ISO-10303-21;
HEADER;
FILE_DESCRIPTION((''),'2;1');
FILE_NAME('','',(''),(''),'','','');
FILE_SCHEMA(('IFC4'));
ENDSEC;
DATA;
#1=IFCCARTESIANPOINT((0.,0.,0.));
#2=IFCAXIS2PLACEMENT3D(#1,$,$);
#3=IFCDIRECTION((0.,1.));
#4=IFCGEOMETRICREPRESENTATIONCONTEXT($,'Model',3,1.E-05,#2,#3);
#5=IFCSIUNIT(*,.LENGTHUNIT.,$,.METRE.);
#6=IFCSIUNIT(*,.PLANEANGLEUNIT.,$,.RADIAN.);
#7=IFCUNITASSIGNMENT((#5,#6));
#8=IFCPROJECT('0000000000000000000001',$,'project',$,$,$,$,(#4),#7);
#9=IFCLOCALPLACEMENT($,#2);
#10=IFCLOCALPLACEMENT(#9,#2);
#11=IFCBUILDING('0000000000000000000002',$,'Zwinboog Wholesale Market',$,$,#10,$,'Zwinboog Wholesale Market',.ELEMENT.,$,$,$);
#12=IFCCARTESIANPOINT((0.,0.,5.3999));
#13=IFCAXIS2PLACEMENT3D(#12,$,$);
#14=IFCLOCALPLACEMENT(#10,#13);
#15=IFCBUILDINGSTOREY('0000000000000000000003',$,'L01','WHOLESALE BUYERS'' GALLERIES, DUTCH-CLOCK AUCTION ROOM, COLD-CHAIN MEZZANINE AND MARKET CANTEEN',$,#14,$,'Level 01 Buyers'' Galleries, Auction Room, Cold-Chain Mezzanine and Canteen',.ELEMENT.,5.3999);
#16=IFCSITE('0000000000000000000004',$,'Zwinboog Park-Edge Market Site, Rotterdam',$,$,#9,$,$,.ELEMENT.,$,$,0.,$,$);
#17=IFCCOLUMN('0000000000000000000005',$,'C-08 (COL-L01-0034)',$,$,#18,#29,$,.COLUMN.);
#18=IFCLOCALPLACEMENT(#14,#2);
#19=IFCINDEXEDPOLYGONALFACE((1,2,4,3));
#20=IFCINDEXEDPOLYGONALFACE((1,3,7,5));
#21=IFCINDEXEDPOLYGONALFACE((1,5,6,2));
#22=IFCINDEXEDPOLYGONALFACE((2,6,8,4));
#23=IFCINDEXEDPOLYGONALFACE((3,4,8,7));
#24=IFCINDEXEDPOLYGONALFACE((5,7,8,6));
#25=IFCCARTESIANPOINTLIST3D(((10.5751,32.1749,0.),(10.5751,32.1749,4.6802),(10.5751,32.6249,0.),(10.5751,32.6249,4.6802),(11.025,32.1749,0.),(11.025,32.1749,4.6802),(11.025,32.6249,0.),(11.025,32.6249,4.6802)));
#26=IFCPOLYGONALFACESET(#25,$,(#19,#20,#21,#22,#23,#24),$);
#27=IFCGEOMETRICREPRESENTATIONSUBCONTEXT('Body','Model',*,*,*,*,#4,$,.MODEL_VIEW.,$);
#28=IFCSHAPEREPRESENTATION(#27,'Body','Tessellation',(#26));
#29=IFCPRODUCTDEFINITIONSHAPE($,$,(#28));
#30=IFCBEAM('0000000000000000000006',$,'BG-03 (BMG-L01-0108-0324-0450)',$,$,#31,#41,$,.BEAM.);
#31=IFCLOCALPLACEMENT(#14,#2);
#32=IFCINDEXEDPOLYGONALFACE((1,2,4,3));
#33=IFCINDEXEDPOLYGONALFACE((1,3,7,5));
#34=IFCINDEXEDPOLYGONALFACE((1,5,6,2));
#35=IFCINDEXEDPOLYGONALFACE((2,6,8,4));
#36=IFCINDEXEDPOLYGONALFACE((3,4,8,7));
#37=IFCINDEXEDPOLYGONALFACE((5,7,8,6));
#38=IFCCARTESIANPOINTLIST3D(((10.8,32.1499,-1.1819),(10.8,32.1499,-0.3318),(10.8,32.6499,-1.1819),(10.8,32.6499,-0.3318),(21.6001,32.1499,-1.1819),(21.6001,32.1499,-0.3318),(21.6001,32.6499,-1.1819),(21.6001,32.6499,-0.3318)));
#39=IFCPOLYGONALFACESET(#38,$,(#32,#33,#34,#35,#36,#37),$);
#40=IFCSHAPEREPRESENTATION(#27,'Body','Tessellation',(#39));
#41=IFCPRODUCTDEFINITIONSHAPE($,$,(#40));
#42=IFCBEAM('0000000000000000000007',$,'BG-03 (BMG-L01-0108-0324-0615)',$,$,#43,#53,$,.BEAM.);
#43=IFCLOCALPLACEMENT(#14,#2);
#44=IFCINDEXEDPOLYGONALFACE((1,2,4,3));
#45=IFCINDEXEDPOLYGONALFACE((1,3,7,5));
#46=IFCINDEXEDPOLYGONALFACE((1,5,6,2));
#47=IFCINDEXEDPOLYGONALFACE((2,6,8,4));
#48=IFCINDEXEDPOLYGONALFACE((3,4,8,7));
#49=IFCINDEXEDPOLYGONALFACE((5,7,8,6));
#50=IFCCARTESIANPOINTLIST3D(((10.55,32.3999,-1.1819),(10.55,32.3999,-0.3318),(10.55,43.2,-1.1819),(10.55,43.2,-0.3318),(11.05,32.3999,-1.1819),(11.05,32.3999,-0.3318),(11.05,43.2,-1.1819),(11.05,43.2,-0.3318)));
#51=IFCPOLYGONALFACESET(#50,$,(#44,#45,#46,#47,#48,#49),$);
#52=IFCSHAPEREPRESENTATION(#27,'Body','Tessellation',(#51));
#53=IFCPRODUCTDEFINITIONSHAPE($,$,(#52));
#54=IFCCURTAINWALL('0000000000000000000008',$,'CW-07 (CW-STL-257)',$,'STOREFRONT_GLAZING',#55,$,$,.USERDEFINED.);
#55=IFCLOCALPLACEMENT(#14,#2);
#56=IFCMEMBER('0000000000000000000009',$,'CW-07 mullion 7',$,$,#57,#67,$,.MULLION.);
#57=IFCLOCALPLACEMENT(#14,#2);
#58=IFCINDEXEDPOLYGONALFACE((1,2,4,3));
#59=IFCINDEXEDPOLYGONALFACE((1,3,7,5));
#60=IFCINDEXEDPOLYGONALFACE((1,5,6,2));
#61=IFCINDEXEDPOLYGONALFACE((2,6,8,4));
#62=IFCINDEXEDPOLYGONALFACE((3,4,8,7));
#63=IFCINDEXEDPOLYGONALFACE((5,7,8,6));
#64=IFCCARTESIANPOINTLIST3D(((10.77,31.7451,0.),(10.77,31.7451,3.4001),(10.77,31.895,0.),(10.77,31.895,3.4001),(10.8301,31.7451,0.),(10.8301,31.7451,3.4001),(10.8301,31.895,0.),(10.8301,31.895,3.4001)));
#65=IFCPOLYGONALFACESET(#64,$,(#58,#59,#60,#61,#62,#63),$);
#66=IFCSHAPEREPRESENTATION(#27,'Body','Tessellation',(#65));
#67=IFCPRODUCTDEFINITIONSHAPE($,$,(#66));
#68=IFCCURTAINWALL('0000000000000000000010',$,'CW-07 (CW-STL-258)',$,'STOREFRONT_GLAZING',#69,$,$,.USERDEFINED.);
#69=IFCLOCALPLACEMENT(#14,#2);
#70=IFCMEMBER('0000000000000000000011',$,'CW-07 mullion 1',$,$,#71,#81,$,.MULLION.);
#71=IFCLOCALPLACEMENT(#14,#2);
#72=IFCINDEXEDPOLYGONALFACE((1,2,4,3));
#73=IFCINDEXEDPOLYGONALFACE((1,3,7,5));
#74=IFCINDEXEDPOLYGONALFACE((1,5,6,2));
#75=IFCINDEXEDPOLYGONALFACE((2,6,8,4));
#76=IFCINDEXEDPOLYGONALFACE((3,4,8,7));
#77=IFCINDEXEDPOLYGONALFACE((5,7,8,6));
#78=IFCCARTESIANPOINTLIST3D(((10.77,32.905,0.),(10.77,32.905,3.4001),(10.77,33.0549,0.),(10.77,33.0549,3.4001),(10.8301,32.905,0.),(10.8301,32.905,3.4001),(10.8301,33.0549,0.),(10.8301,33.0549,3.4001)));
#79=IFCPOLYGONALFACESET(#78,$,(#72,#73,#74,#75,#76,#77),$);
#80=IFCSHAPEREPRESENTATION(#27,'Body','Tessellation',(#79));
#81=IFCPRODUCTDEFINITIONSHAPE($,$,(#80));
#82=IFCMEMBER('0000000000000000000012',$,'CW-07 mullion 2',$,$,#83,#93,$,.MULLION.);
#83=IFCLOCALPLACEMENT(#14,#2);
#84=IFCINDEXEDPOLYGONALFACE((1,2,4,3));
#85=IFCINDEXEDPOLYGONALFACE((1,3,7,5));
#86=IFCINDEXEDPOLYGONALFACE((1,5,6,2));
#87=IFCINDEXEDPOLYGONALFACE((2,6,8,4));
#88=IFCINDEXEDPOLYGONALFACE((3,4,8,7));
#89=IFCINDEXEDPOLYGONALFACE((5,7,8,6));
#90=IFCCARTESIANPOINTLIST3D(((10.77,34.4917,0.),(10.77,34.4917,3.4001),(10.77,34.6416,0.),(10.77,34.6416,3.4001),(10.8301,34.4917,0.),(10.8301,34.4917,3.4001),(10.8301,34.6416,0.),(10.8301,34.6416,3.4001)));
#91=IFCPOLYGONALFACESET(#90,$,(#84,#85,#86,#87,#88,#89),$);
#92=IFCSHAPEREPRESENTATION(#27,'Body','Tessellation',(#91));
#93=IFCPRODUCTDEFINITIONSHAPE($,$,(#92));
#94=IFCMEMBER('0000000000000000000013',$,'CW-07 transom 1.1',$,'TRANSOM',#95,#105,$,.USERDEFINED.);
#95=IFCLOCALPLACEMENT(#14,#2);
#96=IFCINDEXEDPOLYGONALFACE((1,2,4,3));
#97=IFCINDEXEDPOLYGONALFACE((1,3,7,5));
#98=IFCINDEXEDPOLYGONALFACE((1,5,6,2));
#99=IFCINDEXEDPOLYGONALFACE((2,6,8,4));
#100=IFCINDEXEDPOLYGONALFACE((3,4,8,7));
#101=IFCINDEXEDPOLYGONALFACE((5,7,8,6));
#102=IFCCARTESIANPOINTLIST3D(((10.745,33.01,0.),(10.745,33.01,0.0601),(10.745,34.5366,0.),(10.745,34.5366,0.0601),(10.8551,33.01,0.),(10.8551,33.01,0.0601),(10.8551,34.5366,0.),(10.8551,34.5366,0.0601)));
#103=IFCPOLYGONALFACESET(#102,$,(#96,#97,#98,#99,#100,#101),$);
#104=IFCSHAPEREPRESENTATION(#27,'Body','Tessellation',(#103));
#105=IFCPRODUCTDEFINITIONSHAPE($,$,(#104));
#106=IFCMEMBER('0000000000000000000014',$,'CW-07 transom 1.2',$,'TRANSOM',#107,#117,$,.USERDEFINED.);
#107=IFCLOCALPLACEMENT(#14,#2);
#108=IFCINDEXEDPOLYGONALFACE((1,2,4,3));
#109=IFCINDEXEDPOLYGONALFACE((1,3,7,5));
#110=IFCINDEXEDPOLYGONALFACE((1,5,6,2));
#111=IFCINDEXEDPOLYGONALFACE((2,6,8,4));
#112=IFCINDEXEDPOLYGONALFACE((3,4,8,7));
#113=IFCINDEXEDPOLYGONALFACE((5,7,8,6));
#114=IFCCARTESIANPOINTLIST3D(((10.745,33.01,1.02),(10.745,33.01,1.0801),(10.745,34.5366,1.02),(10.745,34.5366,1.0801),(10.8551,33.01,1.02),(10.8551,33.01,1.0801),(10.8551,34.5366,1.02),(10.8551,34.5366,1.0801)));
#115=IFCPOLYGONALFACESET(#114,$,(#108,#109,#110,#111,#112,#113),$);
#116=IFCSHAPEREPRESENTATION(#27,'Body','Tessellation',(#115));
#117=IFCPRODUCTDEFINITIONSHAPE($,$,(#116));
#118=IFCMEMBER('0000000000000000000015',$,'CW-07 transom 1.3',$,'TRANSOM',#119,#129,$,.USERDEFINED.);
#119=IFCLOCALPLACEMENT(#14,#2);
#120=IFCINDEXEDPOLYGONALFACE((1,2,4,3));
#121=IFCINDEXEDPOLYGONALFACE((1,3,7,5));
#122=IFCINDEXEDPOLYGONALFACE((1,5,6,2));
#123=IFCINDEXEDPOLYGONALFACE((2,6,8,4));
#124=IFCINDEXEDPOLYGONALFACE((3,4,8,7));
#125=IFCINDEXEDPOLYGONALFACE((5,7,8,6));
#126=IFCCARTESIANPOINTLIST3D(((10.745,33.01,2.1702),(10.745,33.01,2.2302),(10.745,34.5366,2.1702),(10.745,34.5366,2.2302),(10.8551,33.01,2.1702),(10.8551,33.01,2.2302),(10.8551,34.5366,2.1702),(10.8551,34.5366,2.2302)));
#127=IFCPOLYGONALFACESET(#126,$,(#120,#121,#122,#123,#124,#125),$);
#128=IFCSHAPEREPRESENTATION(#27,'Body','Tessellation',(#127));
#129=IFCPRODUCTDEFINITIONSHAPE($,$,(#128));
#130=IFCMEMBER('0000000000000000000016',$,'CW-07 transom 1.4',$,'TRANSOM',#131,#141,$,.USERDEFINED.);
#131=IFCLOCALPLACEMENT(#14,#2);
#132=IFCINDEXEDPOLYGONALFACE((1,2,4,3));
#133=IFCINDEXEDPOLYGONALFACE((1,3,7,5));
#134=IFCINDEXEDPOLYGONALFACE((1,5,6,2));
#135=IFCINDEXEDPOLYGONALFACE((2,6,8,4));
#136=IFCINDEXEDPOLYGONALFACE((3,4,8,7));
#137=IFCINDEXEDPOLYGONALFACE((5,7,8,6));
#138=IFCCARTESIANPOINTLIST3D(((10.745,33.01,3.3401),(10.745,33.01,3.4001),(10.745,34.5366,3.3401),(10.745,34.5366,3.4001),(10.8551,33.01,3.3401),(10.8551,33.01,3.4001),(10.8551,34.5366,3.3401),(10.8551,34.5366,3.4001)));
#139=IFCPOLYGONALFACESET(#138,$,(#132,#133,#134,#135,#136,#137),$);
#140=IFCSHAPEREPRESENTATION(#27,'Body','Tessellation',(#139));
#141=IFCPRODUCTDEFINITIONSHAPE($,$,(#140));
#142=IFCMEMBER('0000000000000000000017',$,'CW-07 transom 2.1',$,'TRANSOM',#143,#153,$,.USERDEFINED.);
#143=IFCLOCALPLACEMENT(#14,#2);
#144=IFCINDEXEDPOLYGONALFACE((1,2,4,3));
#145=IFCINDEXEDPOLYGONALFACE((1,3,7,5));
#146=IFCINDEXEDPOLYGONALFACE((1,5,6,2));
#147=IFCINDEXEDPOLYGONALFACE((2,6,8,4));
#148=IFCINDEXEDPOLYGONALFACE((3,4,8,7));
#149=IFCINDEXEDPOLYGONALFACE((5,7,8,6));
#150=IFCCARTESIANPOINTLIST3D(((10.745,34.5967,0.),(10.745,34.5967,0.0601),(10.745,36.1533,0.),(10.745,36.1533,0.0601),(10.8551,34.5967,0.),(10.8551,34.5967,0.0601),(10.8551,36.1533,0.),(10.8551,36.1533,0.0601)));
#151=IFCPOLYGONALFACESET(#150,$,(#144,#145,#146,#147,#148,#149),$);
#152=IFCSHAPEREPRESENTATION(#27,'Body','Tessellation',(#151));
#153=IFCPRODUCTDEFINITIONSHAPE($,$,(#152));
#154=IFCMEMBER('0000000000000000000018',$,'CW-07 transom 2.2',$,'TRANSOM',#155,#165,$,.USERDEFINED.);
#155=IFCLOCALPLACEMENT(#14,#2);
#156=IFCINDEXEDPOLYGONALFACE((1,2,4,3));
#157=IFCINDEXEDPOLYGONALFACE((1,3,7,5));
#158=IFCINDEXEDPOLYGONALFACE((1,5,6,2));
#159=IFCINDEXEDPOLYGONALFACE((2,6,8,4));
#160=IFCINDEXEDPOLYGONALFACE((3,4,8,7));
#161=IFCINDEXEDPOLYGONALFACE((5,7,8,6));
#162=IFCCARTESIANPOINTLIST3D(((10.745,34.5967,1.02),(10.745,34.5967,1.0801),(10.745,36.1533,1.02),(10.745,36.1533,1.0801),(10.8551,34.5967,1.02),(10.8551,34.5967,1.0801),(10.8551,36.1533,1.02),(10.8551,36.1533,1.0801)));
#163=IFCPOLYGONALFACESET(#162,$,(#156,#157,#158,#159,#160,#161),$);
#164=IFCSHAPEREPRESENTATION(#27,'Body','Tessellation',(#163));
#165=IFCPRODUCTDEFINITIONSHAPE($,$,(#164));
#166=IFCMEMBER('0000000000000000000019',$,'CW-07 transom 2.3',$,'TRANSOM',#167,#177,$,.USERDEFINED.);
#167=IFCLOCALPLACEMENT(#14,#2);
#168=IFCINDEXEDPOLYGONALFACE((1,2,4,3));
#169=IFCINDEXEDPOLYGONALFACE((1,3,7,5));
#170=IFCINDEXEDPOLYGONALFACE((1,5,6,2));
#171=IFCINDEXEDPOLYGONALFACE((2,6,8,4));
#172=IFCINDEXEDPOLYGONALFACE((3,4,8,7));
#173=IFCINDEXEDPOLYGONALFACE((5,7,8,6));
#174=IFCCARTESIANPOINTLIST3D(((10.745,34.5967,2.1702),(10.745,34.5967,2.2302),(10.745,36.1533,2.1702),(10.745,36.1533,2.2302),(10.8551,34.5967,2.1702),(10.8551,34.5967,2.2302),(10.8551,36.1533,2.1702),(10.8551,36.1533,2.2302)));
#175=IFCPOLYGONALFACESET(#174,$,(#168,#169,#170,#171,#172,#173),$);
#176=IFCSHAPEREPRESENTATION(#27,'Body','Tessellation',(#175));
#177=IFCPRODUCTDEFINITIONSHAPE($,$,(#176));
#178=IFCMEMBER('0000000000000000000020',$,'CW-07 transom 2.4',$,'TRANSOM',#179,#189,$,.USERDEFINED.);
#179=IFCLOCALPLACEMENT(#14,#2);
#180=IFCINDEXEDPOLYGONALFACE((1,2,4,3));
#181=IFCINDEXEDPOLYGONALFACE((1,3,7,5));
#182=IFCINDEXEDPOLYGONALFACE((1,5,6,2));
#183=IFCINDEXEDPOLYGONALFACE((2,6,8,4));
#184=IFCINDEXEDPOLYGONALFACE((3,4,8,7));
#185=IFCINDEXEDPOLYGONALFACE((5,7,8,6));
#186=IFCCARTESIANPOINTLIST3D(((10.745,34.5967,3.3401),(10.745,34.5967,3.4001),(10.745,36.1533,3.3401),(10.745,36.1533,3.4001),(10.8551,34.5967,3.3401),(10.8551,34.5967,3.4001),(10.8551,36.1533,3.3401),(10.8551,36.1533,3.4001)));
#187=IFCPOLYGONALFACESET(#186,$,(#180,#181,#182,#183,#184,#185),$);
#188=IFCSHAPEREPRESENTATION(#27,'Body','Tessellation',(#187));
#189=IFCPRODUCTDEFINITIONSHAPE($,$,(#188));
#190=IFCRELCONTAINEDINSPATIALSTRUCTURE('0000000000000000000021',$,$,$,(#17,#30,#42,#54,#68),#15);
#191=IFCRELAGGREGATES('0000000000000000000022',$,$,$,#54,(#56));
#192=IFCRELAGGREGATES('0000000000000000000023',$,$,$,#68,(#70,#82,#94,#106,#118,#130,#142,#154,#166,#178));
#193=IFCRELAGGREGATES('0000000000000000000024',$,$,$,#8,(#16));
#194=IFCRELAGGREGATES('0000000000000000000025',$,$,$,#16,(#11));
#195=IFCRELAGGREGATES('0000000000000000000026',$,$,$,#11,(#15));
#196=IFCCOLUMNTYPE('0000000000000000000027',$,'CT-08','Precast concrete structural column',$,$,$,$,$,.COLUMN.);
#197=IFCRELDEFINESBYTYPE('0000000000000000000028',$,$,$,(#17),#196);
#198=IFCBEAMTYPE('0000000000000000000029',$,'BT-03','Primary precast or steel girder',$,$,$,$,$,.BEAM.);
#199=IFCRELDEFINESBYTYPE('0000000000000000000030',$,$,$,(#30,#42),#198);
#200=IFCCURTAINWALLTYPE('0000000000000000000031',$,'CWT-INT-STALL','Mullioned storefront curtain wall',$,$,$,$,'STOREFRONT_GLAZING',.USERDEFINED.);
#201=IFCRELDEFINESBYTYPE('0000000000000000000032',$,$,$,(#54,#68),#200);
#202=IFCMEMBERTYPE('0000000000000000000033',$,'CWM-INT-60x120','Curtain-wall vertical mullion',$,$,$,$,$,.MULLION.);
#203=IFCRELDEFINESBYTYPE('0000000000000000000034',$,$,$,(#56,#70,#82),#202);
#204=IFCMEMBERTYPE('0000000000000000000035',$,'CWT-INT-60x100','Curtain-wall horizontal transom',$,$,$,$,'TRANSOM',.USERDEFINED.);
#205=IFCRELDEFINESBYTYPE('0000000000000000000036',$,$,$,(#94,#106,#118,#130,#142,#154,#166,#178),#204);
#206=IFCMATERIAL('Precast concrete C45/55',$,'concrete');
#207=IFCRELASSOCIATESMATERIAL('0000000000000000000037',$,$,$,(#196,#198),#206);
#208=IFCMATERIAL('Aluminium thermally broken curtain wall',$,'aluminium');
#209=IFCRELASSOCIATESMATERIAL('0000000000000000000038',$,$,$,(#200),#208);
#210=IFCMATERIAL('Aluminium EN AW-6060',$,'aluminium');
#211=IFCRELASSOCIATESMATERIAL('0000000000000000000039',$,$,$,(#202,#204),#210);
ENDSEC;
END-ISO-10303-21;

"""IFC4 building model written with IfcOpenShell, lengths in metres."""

from ifc_helpers import new_model, si_unit, direction, frame, origin, origin_2d, place, context, subcontext, project, spatial, rectangle, extrude, material, material_profile, profile_set, type_object, element, aggregate, save


model = new_model("IFC4")

# Units and contexts
model_context = context("Model", 3, precision=1e-05, world=origin(), true_north=direction((0.0, 1.0)))
body_context = subcontext(model_context, "Body", "Model", "MODEL_VIEW")
ifc_project = project(units=[si_unit("LENGTHUNIT", "METRE"), si_unit("PLANEANGLEUNIT", "RADIAN")], contexts=[model_context])

# Site, building, storey
site_placement = place(None, origin())
site = spatial("IfcSite", under=ifc_project, at=site_placement, Name="Zwinboog Park-Edge Market Site, Rotterdam", CompositionType="ELEMENT", RefElevation=0.0)
building_placement = place(site_placement, origin())
building = spatial("IfcBuilding", under=site, at=building_placement, Name="Zwinboog Wholesale Market", LongName="Zwinboog Wholesale Market", CompositionType="ELEMENT")
storey_placement = place(building_placement, frame((0.0, 0.0, 5.3999)))
storey = spatial("IfcBuildingStorey", under=building, at=storey_placement, Name="L01", Description="WHOLESALE BUYERS' GALLERIES, DUTCH-CLOCK AUCTION ROOM, COLD-CHAIN MEZZANINE AND MARKET CANTEEN", LongName="Level 01 Buyers' Galleries, Auction Room, Cold-Chain Mezzanine and Canteen", CompositionType="ELEMENT", Elevation=5.3999)

# Column
ifc_material_1 = material(Name="Precast concrete C45/55", Category="concrete")
ifc_material_profile_1 = material_profile(ifc_material_1, rectangle(XDim=0.45, YDim=0.45, at=origin_2d()), Name="PC 450x450")
ifc_profile_set_1 = profile_set([ifc_material_profile_1], Name="Precast concrete C45/55")
column_type = type_object("IfcColumnType", Name="CT-08", Description="Precast concrete structural column", PredefinedType="COLUMN", material=ifc_profile_set_1)
column_placement = place(storey_placement, frame((10.8, 32.3999, 0.0), z_axis=(0.0, 0.0, 1.0), x_axis=(1.0, 0.0, 0.0)))
element("IfcColumn", 1, at=column_placement, inside=storey, type_object=column_type, Name="C-08 (COL-L01-0034)", PredefinedType="COLUMN", context=body_context, shape_type="SweptSolid", body=[
    extrude(rectangle(XDim=0.45, YDim=0.45, at=origin_2d()), origin(), (0.0, 0.0, 1.0), 4.6802),
])

# Beams
ifc_material_profile_2 = material_profile(ifc_material_1, rectangle(XDim=0.5, YDim=0.8501, at=origin_2d()), Name="PC 500x850")
ifc_profile_set_2 = profile_set([ifc_material_profile_2], Name="Precast concrete C45/55")
beam_type = type_object("IfcBeamType", Name="BT-03", Description="Primary precast or steel girder", PredefinedType="BEAM", material=ifc_profile_set_2)
for number, where, z_axis, x_axis, name in (
    (2, (10.8, 32.3999, -0.7568), (1.0, 0.0, 0.0), (0.0, 1.0, 0.0), "BG-03 (BMG-L01-0108-0324-0450)"),
    (3, (10.8, 32.3999, -0.7568), (0.0, 1.0, 0.0), (-1.0, 0.0, 0.0), "BG-03 (BMG-L01-0108-0324-0615)"),
):
    element("IfcBeam", number, at=place(storey_placement, frame(where, z_axis=z_axis, x_axis=x_axis)), inside=storey, type_object=beam_type, Name=name, PredefinedType="BEAM", context=body_context, shape_type="SweptSolid", body=[
        extrude(rectangle(XDim=0.5, YDim=0.8501, at=origin_2d()), origin(), (0.0, 0.0, 1.0), 10.8),
    ])

# Curtain wall, member
ifc_material_2 = material(Name="Aluminium thermally broken curtain wall", Category="aluminium")
curtain_wall_type = type_object("IfcCurtainWallType", Name="CWT-INT-STALL", Description="Mullioned storefront curtain wall", ElementType="STOREFRONT_GLAZING", PredefinedType="USERDEFINED", material=ifc_material_2)
curtain_wall_1_placement = place(storey_placement, origin())
curtain_wall_1 = element("IfcCurtainWall", 4, at=curtain_wall_1_placement, inside=storey, type_object=curtain_wall_type, Name="CW-07 (CW-STL-257)", ObjectType="STOREFRONT_GLAZING", PredefinedType="USERDEFINED")
ifc_material_3 = material(Name="Aluminium EN AW-6060", Category="aluminium")
ifc_material_profile_3 = material_profile(ifc_material_3, rectangle(XDim=0.0601, YDim=0.1499, at=origin_2d()), Name="AL 60x150")
ifc_profile_set_3 = profile_set([ifc_material_profile_3], Name="Aluminium EN AW-6060")
member_type_1 = type_object("IfcMemberType", Name="CWM-INT-60x120", Description="Curtain-wall vertical mullion", PredefinedType="MULLION", material=ifc_profile_set_3)
member_1_placement = place(storey_placement, frame((10.8, 31.8201, 0.0), z_axis=(0.0, 0.0, 1.0), x_axis=(-1.0, 0.0, 0.0)))
member_1 = element("IfcMember", 5, at=member_1_placement, type_object=member_type_1, Name="CW-07 mullion 7", PredefinedType="MULLION", context=body_context, shape_type="SweptSolid", body=[
    extrude(rectangle(XDim=0.0601, YDim=0.1499, at=origin_2d()), origin(), (0.0, 0.0, 1.0), 3.4001),
])

# Curtain wall, members
curtain_wall_2_placement = place(storey_placement, origin())
curtain_wall_2 = element("IfcCurtainWall", 6, at=curtain_wall_2_placement, inside=storey, type_object=curtain_wall_type, Name="CW-07 (CW-STL-258)", ObjectType="STOREFRONT_GLAZING", PredefinedType="USERDEFINED")
member_2_placement = place(storey_placement, frame((10.8, 32.98, 0.0), z_axis=(0.0, 0.0, 1.0), x_axis=(-1.0, 0.0, 0.0)))
member_2 = element("IfcMember", 7, at=member_2_placement, type_object=member_type_1, Name="CW-07 mullion 1", PredefinedType="MULLION", context=body_context, shape_type="SweptSolid", body=[
    extrude(rectangle(XDim=0.0601, YDim=0.1499, at=origin_2d()), origin(), (0.0, 0.0, 1.0), 3.4001),
])
member_3_placement = place(storey_placement, frame((10.8, 34.5667, 0.0), z_axis=(0.0, 0.0, 1.0), x_axis=(-1.0, 0.0, 0.0)))
member_3 = element("IfcMember", 8, at=member_3_placement, type_object=member_type_1, Name="CW-07 mullion 2", PredefinedType="MULLION", context=body_context, shape_type="SweptSolid", body=[
    extrude(rectangle(XDim=0.0601, YDim=0.1499, at=origin_2d()), origin(), (0.0, 0.0, 1.0), 3.4001),
])
ifc_material_profile_4 = material_profile(ifc_material_3, rectangle(XDim=0.1101, YDim=0.0601, at=origin_2d()), Name="AL 60x110")
ifc_profile_set_4 = profile_set([ifc_material_profile_4], Name="Aluminium EN AW-6060")
member_type_2 = type_object("IfcMemberType", Name="CWT-INT-60x100", Description="Curtain-wall horizontal transom", ElementType="TRANSOM", PredefinedType="USERDEFINED", material=ifc_profile_set_4)
member_4_placement = place(storey_placement, frame((10.8, 33.01, 0.03), z_axis=(0.0, 1.0, 0.0), x_axis=(-1.0, 0.0, 0.0)))
member_4 = element("IfcMember", 9, at=member_4_placement, type_object=member_type_2, Name="CW-07 transom 1.1", ObjectType="TRANSOM", PredefinedType="USERDEFINED", context=body_context, shape_type="SweptSolid", body=[
    extrude(rectangle(XDim=0.1101, YDim=0.0601, at=origin_2d()), origin(), (0.0, 0.0, 1.0), 1.5266),
])
member_5_placement = place(storey_placement, frame((10.8, 33.01, 1.05), z_axis=(0.0, 1.0, 0.0), x_axis=(-1.0, 0.0, 0.0)))
member_5 = element("IfcMember", 10, at=member_5_placement, type_object=member_type_2, Name="CW-07 transom 1.2", ObjectType="TRANSOM", PredefinedType="USERDEFINED", context=body_context, shape_type="SweptSolid", body=[
    extrude(rectangle(XDim=0.1101, YDim=0.0601, at=origin_2d()), origin(), (0.0, 0.0, 1.0), 1.5266),
])
member_6_placement = place(storey_placement, frame((10.8, 33.01, 2.2002), z_axis=(0.0, 1.0, 0.0), x_axis=(-1.0, 0.0, 0.0)))
member_6 = element("IfcMember", 11, at=member_6_placement, type_object=member_type_2, Name="CW-07 transom 1.3", ObjectType="TRANSOM", PredefinedType="USERDEFINED", context=body_context, shape_type="SweptSolid", body=[
    extrude(rectangle(XDim=0.1101, YDim=0.0601, at=origin_2d()), origin(), (0.0, 0.0, 1.0), 1.5266),
])
member_7_placement = place(storey_placement, frame((10.8, 33.01, 3.3701), z_axis=(0.0, 1.0, 0.0), x_axis=(-1.0, 0.0, 0.0)))
member_7 = element("IfcMember", 12, at=member_7_placement, type_object=member_type_2, Name="CW-07 transom 1.4", ObjectType="TRANSOM", PredefinedType="USERDEFINED", context=body_context, shape_type="SweptSolid", body=[
    extrude(rectangle(XDim=0.1101, YDim=0.0601, at=origin_2d()), origin(), (0.0, 0.0, 1.0), 1.5266),
])
member_8_placement = place(storey_placement, frame((10.8, 34.5967, 0.03), z_axis=(0.0, 1.0, 0.0), x_axis=(-1.0, 0.0, 0.0)))
member_8 = element("IfcMember", 13, at=member_8_placement, type_object=member_type_2, Name="CW-07 transom 2.1", ObjectType="TRANSOM", PredefinedType="USERDEFINED", context=body_context, shape_type="SweptSolid", body=[
    extrude(rectangle(XDim=0.1101, YDim=0.0601, at=origin_2d()), origin(), (0.0, 0.0, 1.0), 1.5566),
])
member_9_placement = place(storey_placement, frame((10.8, 34.5967, 1.05), z_axis=(0.0, 1.0, 0.0), x_axis=(-1.0, 0.0, 0.0)))
member_9 = element("IfcMember", 14, at=member_9_placement, type_object=member_type_2, Name="CW-07 transom 2.2", ObjectType="TRANSOM", PredefinedType="USERDEFINED", context=body_context, shape_type="SweptSolid", body=[
    extrude(rectangle(XDim=0.1101, YDim=0.0601, at=origin_2d()), origin(), (0.0, 0.0, 1.0), 1.5566),
])
member_10_placement = place(storey_placement, frame((10.8, 34.5967, 2.2002), z_axis=(0.0, 1.0, 0.0), x_axis=(-1.0, 0.0, 0.0)))
member_10 = element("IfcMember", 15, at=member_10_placement, type_object=member_type_2, Name="CW-07 transom 2.3", ObjectType="TRANSOM", PredefinedType="USERDEFINED", context=body_context, shape_type="SweptSolid", body=[
    extrude(rectangle(XDim=0.1101, YDim=0.0601, at=origin_2d()), origin(), (0.0, 0.0, 1.0), 1.5566),
])
member_11_placement = place(storey_placement, frame((10.8, 34.5967, 3.3701), z_axis=(0.0, 1.0, 0.0), x_axis=(-1.0, 0.0, 0.0)))
member_11 = element("IfcMember", 16, at=member_11_placement, type_object=member_type_2, Name="CW-07 transom 2.4", ObjectType="TRANSOM", PredefinedType="USERDEFINED", context=body_context, shape_type="SweptSolid", body=[
    extrude(rectangle(XDim=0.1101, YDim=0.0601, at=origin_2d()), origin(), (0.0, 0.0, 1.0), 1.5566),
])

aggregate(curtain_wall_1, [member_1])
aggregate(curtain_wall_2, [member_2, member_3, member_4, member_5, member_6, member_7, member_8, member_9, member_10, member_11])

save(model, "model.ifc")
